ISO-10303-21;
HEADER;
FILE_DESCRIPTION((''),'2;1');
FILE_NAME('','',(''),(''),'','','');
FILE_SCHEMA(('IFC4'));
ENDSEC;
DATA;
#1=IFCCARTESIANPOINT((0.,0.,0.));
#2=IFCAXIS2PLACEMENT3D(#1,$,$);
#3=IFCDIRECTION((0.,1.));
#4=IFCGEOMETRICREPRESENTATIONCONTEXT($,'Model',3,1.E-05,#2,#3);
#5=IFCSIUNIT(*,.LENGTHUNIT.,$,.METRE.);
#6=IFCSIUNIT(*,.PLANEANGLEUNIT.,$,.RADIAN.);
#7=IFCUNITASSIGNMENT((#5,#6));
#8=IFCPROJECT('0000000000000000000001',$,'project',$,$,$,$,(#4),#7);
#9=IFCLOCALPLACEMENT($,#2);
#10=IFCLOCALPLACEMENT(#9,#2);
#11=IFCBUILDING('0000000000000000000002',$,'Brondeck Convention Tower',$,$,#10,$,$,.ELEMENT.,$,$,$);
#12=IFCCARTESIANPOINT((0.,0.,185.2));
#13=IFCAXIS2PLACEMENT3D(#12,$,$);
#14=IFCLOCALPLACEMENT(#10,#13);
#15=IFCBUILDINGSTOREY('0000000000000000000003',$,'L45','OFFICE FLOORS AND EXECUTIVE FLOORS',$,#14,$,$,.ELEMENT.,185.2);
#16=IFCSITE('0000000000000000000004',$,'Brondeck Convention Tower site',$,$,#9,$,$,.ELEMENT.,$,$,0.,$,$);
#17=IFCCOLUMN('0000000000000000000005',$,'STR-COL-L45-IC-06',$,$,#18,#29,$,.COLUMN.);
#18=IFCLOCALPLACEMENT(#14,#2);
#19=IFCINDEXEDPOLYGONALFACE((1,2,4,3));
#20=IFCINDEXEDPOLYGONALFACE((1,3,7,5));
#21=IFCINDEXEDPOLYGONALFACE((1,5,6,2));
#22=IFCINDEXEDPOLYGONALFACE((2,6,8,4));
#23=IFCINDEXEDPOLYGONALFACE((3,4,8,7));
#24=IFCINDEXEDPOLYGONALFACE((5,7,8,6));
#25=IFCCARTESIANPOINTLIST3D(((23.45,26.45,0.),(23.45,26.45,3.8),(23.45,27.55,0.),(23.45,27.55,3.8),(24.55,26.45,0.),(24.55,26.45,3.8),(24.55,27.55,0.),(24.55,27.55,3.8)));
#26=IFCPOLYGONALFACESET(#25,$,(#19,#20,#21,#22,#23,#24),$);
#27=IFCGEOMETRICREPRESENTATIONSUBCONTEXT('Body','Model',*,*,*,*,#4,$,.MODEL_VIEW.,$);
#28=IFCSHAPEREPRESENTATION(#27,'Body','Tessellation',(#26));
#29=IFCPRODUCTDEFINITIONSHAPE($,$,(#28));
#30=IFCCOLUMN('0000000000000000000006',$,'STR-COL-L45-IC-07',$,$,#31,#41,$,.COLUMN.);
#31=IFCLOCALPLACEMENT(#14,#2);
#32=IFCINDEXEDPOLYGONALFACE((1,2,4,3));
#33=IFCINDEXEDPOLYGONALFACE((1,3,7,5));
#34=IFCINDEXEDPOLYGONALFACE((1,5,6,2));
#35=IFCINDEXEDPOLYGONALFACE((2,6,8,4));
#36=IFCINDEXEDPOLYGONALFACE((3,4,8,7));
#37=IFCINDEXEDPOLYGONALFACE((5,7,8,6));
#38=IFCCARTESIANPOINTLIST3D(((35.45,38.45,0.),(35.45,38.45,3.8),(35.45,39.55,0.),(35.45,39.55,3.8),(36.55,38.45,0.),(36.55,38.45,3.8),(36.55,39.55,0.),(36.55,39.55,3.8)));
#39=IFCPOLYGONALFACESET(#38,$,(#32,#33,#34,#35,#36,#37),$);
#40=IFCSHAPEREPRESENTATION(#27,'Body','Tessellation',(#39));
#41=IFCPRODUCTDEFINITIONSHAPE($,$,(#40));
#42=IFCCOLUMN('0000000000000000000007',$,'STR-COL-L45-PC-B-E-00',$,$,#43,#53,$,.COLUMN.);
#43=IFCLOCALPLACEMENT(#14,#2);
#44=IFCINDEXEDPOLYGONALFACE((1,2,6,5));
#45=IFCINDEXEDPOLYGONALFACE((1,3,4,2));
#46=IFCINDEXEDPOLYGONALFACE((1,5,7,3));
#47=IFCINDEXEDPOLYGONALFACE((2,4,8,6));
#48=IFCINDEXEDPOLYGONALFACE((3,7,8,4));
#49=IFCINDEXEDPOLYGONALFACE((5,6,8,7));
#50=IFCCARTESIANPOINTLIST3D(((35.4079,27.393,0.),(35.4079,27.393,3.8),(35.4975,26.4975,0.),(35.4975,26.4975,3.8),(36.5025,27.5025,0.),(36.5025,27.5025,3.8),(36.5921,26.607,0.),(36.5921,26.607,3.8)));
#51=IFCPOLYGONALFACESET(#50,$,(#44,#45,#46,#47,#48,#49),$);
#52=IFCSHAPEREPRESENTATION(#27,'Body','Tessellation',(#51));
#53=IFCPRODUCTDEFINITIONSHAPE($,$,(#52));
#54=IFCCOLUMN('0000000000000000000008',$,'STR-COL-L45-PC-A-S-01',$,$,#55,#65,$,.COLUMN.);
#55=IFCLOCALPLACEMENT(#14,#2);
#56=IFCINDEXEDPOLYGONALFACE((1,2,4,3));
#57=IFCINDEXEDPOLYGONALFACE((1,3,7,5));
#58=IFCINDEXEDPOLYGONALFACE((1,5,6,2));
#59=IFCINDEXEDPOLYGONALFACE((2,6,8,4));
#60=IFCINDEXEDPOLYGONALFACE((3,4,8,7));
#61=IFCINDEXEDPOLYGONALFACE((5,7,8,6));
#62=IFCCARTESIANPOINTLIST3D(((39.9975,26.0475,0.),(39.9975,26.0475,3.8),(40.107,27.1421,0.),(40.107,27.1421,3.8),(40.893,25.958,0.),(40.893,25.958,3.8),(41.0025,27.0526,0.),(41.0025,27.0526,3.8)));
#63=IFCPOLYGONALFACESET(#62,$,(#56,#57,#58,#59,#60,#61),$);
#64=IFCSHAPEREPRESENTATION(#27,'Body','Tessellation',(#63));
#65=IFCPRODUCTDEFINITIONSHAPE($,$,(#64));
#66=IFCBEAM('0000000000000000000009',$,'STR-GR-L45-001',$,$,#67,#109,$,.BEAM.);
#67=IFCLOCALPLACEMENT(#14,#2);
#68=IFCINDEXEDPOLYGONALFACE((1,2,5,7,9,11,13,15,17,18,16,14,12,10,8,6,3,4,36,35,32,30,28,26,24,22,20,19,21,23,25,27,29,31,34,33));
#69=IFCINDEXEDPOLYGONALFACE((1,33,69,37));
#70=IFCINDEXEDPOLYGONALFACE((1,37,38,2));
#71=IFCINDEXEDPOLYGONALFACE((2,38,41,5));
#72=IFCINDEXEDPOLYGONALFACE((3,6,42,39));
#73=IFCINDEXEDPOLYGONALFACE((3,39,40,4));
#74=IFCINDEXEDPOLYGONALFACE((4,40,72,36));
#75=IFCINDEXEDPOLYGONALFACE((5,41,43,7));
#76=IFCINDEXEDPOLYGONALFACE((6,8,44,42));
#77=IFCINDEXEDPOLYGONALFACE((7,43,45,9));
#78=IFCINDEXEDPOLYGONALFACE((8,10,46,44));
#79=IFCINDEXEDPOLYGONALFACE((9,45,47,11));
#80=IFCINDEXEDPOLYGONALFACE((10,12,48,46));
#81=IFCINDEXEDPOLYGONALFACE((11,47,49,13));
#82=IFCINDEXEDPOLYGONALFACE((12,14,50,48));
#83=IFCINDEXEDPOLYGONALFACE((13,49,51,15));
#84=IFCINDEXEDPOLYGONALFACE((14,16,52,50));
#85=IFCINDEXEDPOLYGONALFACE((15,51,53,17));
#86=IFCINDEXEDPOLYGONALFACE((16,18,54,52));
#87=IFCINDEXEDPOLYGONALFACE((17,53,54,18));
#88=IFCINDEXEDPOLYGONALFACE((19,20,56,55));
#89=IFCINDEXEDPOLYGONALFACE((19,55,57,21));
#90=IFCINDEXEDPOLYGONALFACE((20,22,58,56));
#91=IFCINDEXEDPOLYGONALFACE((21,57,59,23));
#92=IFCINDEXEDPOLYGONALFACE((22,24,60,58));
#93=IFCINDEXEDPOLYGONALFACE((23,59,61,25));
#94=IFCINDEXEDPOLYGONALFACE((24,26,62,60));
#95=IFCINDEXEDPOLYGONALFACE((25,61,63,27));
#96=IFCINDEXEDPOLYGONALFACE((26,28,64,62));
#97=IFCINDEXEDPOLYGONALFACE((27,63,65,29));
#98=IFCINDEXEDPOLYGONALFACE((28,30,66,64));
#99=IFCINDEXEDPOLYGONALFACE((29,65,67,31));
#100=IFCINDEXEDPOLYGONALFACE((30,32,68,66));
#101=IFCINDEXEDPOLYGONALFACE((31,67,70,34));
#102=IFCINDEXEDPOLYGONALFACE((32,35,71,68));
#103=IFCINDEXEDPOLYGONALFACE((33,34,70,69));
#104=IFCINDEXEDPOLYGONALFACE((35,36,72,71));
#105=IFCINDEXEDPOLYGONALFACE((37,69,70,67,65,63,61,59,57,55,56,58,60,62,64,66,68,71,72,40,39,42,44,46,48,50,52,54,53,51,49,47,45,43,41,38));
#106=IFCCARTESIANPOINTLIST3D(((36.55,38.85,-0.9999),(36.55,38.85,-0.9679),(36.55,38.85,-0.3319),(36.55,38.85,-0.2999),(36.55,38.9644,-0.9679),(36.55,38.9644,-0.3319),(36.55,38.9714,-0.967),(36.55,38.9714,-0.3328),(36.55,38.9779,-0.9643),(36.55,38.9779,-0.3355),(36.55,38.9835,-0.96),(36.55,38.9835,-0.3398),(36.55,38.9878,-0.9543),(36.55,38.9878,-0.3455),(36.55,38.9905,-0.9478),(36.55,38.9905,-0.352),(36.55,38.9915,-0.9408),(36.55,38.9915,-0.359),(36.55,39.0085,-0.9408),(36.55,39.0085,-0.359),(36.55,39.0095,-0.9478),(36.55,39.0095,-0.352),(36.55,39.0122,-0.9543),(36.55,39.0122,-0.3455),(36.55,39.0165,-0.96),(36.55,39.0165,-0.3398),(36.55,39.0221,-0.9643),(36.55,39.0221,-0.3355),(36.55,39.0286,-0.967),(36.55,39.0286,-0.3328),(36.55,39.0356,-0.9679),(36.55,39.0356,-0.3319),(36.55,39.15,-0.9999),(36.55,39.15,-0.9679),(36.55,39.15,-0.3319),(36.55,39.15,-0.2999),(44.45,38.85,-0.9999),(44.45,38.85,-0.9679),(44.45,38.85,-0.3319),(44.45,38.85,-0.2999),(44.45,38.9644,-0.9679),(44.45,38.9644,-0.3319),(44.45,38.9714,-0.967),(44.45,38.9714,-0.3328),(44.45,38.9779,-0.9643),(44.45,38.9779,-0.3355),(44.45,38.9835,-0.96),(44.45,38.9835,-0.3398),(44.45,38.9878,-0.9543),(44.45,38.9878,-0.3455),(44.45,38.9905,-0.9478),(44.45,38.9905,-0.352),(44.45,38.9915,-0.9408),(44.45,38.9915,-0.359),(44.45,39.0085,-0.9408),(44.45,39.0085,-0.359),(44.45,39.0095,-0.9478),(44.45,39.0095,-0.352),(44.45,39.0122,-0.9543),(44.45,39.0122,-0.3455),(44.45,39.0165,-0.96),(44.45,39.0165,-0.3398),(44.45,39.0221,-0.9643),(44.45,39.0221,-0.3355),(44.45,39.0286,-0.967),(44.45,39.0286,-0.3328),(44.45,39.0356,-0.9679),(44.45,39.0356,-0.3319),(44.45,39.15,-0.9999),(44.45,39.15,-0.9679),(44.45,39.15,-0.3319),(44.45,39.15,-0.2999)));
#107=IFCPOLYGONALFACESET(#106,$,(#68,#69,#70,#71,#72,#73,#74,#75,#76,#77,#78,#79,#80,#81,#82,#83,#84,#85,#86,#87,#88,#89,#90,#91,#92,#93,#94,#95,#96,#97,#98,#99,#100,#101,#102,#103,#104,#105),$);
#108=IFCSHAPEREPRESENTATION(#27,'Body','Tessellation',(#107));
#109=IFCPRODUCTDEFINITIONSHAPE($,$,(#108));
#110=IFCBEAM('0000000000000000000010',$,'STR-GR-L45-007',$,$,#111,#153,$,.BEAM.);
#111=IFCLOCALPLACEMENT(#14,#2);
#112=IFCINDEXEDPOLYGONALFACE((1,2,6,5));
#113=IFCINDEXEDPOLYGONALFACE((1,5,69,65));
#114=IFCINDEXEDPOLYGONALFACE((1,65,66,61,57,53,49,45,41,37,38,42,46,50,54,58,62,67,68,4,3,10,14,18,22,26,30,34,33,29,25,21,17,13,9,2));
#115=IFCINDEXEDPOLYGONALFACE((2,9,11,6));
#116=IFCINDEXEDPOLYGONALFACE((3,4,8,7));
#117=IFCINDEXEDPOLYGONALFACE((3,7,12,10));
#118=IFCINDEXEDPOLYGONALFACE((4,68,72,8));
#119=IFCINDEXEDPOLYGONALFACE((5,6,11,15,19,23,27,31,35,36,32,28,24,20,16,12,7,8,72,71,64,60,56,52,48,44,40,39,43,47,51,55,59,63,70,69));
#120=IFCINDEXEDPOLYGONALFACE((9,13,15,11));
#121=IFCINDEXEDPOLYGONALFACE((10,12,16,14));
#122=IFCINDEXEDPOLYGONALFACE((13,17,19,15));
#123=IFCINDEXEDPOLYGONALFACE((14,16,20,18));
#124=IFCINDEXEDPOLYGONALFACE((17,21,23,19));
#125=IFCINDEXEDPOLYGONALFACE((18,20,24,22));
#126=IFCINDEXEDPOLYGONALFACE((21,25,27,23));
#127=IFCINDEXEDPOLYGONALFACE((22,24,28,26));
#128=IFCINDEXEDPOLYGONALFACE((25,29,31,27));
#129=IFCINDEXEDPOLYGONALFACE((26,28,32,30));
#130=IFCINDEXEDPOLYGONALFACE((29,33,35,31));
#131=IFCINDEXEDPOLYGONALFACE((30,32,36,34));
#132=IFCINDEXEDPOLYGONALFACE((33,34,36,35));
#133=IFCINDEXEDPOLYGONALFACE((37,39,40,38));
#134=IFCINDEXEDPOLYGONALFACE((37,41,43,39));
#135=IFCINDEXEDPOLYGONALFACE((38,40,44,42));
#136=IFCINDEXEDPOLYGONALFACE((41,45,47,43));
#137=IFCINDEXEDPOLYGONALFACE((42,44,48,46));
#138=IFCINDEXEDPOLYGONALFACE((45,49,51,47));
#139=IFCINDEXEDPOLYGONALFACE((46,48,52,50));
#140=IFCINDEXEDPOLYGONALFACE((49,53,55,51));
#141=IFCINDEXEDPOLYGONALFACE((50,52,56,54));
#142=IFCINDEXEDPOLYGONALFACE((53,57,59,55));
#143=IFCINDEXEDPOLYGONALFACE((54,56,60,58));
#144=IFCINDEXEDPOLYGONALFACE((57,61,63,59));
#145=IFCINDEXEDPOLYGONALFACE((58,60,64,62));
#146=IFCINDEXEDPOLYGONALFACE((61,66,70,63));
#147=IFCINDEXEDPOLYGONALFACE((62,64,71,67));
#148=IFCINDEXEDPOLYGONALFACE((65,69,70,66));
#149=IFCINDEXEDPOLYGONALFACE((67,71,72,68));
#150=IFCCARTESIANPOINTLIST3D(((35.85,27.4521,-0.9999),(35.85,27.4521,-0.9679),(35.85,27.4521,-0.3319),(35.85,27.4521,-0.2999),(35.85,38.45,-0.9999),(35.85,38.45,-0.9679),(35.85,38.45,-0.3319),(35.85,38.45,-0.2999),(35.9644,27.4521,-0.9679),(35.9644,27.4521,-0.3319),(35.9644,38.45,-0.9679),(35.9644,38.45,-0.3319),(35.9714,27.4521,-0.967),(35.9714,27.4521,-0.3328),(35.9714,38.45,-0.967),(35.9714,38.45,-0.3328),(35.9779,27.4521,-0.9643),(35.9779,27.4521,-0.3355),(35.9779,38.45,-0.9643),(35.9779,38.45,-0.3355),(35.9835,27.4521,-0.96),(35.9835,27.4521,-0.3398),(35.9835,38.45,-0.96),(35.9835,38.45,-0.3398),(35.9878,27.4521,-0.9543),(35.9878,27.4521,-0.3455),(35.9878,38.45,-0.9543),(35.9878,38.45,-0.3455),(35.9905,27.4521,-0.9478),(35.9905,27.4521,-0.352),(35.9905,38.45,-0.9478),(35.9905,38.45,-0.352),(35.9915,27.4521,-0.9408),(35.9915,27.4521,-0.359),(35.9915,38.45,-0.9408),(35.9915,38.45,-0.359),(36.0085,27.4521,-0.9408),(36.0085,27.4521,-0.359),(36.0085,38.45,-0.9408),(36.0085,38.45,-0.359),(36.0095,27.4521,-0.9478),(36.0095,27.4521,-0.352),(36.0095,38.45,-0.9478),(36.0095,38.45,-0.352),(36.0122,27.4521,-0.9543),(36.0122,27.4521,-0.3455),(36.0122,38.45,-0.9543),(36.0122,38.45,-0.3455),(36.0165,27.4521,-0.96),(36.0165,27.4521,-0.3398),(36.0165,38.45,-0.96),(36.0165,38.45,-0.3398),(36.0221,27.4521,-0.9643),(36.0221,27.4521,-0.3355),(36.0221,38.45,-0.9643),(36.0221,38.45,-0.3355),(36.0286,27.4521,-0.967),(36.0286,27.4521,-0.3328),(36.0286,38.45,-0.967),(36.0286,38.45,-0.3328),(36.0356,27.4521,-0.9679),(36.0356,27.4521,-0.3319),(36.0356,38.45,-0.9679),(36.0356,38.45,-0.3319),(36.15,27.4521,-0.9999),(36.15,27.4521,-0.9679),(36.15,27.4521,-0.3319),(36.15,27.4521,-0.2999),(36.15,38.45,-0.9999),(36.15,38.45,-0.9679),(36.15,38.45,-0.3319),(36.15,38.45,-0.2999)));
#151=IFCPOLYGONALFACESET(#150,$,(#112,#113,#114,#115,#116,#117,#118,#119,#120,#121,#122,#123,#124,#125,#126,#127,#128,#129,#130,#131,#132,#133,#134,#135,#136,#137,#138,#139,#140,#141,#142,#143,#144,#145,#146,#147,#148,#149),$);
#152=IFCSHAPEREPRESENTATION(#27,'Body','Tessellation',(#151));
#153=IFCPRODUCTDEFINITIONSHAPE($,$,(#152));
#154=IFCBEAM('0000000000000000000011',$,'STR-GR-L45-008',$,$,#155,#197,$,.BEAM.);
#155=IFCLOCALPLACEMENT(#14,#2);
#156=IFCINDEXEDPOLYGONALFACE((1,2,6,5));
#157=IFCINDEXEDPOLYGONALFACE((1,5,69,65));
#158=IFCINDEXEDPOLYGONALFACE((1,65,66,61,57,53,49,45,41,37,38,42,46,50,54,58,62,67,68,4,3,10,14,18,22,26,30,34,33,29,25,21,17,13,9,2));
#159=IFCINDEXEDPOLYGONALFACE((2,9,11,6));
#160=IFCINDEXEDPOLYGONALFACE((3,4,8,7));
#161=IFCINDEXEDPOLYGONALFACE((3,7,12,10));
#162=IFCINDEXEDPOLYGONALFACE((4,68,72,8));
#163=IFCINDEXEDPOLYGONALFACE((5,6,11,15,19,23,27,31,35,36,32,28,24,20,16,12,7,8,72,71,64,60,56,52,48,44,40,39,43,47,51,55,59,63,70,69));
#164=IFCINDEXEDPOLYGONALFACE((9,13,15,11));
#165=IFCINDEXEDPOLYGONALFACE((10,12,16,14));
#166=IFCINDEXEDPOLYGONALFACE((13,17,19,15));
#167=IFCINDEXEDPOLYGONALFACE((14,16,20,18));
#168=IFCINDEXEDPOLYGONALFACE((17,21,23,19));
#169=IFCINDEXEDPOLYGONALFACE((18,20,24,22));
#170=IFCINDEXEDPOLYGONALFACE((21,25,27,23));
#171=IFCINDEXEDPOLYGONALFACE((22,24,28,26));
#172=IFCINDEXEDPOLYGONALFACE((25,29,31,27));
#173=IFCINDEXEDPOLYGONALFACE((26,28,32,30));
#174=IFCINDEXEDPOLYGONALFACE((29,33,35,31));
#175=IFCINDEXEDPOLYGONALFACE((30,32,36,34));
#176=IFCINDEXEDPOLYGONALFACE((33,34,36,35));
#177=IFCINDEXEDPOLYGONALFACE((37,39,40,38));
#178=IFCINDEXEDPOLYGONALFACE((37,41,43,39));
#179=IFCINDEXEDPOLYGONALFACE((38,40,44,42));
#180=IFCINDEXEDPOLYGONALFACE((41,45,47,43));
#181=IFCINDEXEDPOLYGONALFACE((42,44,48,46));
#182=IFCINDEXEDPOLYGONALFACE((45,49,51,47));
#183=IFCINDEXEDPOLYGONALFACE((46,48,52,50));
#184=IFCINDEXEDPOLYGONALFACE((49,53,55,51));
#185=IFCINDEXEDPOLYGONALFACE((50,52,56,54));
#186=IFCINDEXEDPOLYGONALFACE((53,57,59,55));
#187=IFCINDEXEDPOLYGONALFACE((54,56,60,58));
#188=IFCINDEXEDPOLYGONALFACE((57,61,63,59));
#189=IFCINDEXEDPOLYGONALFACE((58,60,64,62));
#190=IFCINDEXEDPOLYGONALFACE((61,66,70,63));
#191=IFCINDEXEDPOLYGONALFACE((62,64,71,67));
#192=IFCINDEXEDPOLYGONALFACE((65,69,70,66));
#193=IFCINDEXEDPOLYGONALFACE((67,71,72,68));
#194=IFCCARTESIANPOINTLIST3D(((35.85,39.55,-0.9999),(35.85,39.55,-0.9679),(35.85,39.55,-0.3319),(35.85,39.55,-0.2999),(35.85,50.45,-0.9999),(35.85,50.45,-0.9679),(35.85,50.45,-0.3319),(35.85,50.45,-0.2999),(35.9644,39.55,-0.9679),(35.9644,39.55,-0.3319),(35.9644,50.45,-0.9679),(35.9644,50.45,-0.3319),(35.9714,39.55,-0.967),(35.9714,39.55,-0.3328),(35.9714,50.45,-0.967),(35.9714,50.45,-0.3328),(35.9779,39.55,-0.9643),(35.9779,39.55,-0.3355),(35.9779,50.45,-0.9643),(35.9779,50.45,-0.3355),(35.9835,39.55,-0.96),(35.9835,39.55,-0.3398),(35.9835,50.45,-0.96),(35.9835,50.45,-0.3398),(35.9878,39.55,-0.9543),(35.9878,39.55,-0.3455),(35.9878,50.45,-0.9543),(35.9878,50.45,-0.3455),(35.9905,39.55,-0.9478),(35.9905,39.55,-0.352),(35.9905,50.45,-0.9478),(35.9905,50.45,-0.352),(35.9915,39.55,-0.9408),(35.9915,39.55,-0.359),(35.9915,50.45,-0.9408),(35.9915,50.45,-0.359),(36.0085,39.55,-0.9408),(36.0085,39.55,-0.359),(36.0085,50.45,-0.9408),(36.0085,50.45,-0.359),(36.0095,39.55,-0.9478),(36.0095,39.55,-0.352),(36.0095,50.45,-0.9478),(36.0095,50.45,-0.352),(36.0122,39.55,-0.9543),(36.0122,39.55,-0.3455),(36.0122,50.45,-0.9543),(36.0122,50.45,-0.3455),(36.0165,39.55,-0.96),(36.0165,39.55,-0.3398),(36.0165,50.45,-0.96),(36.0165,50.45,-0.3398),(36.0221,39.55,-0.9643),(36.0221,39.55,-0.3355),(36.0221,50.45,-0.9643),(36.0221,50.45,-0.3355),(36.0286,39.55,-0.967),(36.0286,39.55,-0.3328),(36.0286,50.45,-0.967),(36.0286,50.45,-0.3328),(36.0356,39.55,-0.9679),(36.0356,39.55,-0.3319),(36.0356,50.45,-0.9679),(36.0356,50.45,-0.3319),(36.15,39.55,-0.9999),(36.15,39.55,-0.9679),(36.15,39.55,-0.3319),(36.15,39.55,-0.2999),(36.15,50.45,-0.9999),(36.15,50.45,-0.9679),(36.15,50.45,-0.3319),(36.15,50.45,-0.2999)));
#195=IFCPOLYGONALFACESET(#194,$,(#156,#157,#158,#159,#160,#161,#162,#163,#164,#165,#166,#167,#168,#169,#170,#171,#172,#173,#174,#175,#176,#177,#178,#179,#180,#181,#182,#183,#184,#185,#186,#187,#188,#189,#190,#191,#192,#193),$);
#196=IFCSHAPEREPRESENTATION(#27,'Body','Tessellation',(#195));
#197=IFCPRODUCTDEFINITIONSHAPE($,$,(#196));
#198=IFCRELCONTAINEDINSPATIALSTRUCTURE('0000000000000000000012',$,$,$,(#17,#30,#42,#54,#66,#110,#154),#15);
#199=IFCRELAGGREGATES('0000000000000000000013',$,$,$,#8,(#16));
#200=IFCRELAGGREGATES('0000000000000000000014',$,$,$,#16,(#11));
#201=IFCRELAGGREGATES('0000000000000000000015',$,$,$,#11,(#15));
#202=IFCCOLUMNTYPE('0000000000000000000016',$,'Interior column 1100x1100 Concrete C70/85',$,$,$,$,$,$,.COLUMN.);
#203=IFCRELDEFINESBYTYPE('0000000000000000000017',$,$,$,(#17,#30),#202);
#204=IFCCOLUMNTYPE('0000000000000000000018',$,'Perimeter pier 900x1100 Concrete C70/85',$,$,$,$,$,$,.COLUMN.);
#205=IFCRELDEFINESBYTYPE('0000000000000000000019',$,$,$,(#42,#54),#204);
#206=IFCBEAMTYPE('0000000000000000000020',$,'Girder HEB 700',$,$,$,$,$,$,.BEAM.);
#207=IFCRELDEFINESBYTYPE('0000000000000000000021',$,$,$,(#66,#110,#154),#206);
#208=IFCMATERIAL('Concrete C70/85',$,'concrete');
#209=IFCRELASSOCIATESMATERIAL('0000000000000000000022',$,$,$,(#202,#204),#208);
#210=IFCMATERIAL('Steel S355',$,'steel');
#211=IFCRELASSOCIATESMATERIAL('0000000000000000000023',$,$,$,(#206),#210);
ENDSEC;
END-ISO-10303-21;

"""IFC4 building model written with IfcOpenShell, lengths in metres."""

from ifc_helpers import new_model, si_unit, direction, frame, origin, origin_2d, place, context, subcontext, project, spatial, rectangle, i_section, extrude, material, material_profile, profile_set, type_object, element, save


model = new_model("IFC4")

# Units and contexts
model_context = context("Model", 3, precision=1e-05, world=origin(), true_north=direction((0.0, 1.0)))
body_context = subcontext(model_context, "Body", "Model", "MODEL_VIEW")
ifc_project = project(units=[si_unit("LENGTHUNIT", "METRE"), si_unit("PLANEANGLEUNIT", "RADIAN")], contexts=[model_context])

# Site, building, storey
site_placement = place(None, origin())
site = spatial("IfcSite", under=ifc_project, at=site_placement, Name="Brondeck Convention Tower site", CompositionType="ELEMENT", RefElevation=0.0)
building_placement = place(site_placement, origin())
building = spatial("IfcBuilding", under=site, at=building_placement, Name="Brondeck Convention Tower", CompositionType="ELEMENT")
storey_placement = place(building_placement, frame((0.0, 0.0, 185.2)))
storey = spatial("IfcBuildingStorey", under=building, at=storey_placement, Name="L45", Description="OFFICE FLOORS AND EXECUTIVE FLOORS", CompositionType="ELEMENT", Elevation=185.2)

# Columns
ifc_material_1 = material(Name="Concrete C70/85", Category="concrete")
ifc_material_profile_1 = material_profile(ifc_material_1, rectangle(XDim=1.1001, YDim=1.1001, at=origin_2d()), Name="Interior column 1100x1100 Concrete C70/85")
ifc_profile_set_1 = profile_set([ifc_material_profile_1], Name="Concrete C70/85")
column_type_1 = type_object("IfcColumnType", Name="Interior column 1100x1100 Concrete C70/85", PredefinedType="COLUMN", material=ifc_profile_set_1)
for number, where, z_axis, x_axis, name in (
    (1, (24.0, 27.0, 0.0), (0.0, 0.0, 1.0), (1.0, 0.0, 0.0), "STR-COL-L45-IC-06"),
    (2, (36.0, 39.0, 0.0), (0.0, 0.0, 1.0), (1.0, 0.0, 0.0), "STR-COL-L45-IC-07"),
):
    element("IfcColumn", number, at=place(storey_placement, frame(where, z_axis=z_axis, x_axis=x_axis)), inside=storey, type_object=column_type_1, Name=name, PredefinedType="COLUMN", context=body_context, shape_type="SweptSolid", body=[
        extrude(rectangle(XDim=1.1001, YDim=1.1001, at=origin_2d()), origin(), (0.0, 0.0, 1.0), 3.8),
    ])
ifc_material_profile_2 = material_profile(ifc_material_1, rectangle(XDim=0.8999, YDim=1.1001, at=origin_2d()), Name="Perimeter pier 900x1100 Concrete C70/85")
ifc_profile_set_2 = profile_set([ifc_material_profile_2], Name="Concrete C70/85")
column_type_2 = type_object("IfcColumnType", Name="Perimeter pier 900x1100 Concrete C70/85", PredefinedType="COLUMN", material=ifc_profile_set_2)
for number, where, z_axis, x_axis, name in (
    (3, (36.0, 27.0, 0.0), (0.0, 0.0, 1.0), (-0.099504, 0.995037, 0.0), "STR-COL-L45-PC-B-E-00"),
    (4, (40.5, 26.55, 0.0), (0.0, 0.0, 1.0), (0.995037, -0.099504, 0.0), "STR-COL-L45-PC-A-S-01"),
):
    element("IfcColumn", number, at=place(storey_placement, frame(where, z_axis=z_axis, x_axis=x_axis)), inside=storey, type_object=column_type_2, Name=name, PredefinedType="COLUMN", context=body_context, shape_type="SweptSolid", body=[
        extrude(rectangle(XDim=0.8999, YDim=1.1001, at=origin_2d()), origin(), (0.0, 0.0, 1.0), 3.8),
    ])

# Beams
ifc_material_2 = material(Name="Steel S355", Category="steel")
ifc_material_profile_3 = material_profile(ifc_material_2, i_section(OverallWidth=0.3, OverallDepth=0.7, WebThickness=0.0171, FlangeThickness=0.032, FilletRadius=0.0271, at=origin_2d()), Name="HEB 700")
ifc_profile_set_3 = profile_set([ifc_material_profile_3], Name="Steel S355")
beam_type_1 = type_object("IfcBeamType", Name="Girder HEB 700", PredefinedType="BEAM", material=ifc_profile_set_3)
beam_1_placement = place(storey_placement, frame((36.55, 39.0, -0.6499), z_axis=(1.0, 0.0, 0.0), x_axis=(0.0, 1.0, 0.0)))
element("IfcBeam", 5, at=beam_1_placement, inside=storey, type_object=beam_type_1, Name="STR-GR-L45-001", PredefinedType="BEAM", context=body_context, shape_type="SweptSolid", body=[
    extrude(i_section(OverallWidth=0.3, OverallDepth=0.7, WebThickness=0.0171, FlangeThickness=0.032, FilletRadius=0.0271, at=origin_2d()), origin(), (0.0, 0.0, 1.0), 7.8999),
])
beam_2_placement = place(storey_placement, frame((36.0, 27.4521, -0.6499), z_axis=(0.0, 1.0, 0.0), x_axis=(-1.0, 0.0, 0.0)))
element("IfcBeam", 6, at=beam_2_placement, inside=storey, type_object=beam_type_1, Name="STR-GR-L45-007", PredefinedType="BEAM", context=body_context, shape_type="SweptSolid", body=[
    extrude(i_section(OverallWidth=0.3, OverallDepth=0.7, WebThickness=0.0171, FlangeThickness=0.032, FilletRadius=0.0271, at=origin_2d()), origin(), (0.0, 0.0, 1.0), 10.9978),
])
beam_3_placement = place(storey_placement, frame((36.0, 39.55, -0.6499), z_axis=(0.0, 1.0, 0.0), x_axis=(-1.0, 0.0, 0.0)))
element("IfcBeam", 7, at=beam_3_placement, inside=storey, type_object=beam_type_1, Name="STR-GR-L45-008", PredefinedType="BEAM", context=body_context, shape_type="SweptSolid", body=[
    extrude(i_section(OverallWidth=0.3, OverallDepth=0.7, WebThickness=0.0171, FlangeThickness=0.032, FilletRadius=0.0271, at=origin_2d()), origin(), (0.0, 0.0, 1.0), 10.8999),
])

save(model, "model.ifc")
